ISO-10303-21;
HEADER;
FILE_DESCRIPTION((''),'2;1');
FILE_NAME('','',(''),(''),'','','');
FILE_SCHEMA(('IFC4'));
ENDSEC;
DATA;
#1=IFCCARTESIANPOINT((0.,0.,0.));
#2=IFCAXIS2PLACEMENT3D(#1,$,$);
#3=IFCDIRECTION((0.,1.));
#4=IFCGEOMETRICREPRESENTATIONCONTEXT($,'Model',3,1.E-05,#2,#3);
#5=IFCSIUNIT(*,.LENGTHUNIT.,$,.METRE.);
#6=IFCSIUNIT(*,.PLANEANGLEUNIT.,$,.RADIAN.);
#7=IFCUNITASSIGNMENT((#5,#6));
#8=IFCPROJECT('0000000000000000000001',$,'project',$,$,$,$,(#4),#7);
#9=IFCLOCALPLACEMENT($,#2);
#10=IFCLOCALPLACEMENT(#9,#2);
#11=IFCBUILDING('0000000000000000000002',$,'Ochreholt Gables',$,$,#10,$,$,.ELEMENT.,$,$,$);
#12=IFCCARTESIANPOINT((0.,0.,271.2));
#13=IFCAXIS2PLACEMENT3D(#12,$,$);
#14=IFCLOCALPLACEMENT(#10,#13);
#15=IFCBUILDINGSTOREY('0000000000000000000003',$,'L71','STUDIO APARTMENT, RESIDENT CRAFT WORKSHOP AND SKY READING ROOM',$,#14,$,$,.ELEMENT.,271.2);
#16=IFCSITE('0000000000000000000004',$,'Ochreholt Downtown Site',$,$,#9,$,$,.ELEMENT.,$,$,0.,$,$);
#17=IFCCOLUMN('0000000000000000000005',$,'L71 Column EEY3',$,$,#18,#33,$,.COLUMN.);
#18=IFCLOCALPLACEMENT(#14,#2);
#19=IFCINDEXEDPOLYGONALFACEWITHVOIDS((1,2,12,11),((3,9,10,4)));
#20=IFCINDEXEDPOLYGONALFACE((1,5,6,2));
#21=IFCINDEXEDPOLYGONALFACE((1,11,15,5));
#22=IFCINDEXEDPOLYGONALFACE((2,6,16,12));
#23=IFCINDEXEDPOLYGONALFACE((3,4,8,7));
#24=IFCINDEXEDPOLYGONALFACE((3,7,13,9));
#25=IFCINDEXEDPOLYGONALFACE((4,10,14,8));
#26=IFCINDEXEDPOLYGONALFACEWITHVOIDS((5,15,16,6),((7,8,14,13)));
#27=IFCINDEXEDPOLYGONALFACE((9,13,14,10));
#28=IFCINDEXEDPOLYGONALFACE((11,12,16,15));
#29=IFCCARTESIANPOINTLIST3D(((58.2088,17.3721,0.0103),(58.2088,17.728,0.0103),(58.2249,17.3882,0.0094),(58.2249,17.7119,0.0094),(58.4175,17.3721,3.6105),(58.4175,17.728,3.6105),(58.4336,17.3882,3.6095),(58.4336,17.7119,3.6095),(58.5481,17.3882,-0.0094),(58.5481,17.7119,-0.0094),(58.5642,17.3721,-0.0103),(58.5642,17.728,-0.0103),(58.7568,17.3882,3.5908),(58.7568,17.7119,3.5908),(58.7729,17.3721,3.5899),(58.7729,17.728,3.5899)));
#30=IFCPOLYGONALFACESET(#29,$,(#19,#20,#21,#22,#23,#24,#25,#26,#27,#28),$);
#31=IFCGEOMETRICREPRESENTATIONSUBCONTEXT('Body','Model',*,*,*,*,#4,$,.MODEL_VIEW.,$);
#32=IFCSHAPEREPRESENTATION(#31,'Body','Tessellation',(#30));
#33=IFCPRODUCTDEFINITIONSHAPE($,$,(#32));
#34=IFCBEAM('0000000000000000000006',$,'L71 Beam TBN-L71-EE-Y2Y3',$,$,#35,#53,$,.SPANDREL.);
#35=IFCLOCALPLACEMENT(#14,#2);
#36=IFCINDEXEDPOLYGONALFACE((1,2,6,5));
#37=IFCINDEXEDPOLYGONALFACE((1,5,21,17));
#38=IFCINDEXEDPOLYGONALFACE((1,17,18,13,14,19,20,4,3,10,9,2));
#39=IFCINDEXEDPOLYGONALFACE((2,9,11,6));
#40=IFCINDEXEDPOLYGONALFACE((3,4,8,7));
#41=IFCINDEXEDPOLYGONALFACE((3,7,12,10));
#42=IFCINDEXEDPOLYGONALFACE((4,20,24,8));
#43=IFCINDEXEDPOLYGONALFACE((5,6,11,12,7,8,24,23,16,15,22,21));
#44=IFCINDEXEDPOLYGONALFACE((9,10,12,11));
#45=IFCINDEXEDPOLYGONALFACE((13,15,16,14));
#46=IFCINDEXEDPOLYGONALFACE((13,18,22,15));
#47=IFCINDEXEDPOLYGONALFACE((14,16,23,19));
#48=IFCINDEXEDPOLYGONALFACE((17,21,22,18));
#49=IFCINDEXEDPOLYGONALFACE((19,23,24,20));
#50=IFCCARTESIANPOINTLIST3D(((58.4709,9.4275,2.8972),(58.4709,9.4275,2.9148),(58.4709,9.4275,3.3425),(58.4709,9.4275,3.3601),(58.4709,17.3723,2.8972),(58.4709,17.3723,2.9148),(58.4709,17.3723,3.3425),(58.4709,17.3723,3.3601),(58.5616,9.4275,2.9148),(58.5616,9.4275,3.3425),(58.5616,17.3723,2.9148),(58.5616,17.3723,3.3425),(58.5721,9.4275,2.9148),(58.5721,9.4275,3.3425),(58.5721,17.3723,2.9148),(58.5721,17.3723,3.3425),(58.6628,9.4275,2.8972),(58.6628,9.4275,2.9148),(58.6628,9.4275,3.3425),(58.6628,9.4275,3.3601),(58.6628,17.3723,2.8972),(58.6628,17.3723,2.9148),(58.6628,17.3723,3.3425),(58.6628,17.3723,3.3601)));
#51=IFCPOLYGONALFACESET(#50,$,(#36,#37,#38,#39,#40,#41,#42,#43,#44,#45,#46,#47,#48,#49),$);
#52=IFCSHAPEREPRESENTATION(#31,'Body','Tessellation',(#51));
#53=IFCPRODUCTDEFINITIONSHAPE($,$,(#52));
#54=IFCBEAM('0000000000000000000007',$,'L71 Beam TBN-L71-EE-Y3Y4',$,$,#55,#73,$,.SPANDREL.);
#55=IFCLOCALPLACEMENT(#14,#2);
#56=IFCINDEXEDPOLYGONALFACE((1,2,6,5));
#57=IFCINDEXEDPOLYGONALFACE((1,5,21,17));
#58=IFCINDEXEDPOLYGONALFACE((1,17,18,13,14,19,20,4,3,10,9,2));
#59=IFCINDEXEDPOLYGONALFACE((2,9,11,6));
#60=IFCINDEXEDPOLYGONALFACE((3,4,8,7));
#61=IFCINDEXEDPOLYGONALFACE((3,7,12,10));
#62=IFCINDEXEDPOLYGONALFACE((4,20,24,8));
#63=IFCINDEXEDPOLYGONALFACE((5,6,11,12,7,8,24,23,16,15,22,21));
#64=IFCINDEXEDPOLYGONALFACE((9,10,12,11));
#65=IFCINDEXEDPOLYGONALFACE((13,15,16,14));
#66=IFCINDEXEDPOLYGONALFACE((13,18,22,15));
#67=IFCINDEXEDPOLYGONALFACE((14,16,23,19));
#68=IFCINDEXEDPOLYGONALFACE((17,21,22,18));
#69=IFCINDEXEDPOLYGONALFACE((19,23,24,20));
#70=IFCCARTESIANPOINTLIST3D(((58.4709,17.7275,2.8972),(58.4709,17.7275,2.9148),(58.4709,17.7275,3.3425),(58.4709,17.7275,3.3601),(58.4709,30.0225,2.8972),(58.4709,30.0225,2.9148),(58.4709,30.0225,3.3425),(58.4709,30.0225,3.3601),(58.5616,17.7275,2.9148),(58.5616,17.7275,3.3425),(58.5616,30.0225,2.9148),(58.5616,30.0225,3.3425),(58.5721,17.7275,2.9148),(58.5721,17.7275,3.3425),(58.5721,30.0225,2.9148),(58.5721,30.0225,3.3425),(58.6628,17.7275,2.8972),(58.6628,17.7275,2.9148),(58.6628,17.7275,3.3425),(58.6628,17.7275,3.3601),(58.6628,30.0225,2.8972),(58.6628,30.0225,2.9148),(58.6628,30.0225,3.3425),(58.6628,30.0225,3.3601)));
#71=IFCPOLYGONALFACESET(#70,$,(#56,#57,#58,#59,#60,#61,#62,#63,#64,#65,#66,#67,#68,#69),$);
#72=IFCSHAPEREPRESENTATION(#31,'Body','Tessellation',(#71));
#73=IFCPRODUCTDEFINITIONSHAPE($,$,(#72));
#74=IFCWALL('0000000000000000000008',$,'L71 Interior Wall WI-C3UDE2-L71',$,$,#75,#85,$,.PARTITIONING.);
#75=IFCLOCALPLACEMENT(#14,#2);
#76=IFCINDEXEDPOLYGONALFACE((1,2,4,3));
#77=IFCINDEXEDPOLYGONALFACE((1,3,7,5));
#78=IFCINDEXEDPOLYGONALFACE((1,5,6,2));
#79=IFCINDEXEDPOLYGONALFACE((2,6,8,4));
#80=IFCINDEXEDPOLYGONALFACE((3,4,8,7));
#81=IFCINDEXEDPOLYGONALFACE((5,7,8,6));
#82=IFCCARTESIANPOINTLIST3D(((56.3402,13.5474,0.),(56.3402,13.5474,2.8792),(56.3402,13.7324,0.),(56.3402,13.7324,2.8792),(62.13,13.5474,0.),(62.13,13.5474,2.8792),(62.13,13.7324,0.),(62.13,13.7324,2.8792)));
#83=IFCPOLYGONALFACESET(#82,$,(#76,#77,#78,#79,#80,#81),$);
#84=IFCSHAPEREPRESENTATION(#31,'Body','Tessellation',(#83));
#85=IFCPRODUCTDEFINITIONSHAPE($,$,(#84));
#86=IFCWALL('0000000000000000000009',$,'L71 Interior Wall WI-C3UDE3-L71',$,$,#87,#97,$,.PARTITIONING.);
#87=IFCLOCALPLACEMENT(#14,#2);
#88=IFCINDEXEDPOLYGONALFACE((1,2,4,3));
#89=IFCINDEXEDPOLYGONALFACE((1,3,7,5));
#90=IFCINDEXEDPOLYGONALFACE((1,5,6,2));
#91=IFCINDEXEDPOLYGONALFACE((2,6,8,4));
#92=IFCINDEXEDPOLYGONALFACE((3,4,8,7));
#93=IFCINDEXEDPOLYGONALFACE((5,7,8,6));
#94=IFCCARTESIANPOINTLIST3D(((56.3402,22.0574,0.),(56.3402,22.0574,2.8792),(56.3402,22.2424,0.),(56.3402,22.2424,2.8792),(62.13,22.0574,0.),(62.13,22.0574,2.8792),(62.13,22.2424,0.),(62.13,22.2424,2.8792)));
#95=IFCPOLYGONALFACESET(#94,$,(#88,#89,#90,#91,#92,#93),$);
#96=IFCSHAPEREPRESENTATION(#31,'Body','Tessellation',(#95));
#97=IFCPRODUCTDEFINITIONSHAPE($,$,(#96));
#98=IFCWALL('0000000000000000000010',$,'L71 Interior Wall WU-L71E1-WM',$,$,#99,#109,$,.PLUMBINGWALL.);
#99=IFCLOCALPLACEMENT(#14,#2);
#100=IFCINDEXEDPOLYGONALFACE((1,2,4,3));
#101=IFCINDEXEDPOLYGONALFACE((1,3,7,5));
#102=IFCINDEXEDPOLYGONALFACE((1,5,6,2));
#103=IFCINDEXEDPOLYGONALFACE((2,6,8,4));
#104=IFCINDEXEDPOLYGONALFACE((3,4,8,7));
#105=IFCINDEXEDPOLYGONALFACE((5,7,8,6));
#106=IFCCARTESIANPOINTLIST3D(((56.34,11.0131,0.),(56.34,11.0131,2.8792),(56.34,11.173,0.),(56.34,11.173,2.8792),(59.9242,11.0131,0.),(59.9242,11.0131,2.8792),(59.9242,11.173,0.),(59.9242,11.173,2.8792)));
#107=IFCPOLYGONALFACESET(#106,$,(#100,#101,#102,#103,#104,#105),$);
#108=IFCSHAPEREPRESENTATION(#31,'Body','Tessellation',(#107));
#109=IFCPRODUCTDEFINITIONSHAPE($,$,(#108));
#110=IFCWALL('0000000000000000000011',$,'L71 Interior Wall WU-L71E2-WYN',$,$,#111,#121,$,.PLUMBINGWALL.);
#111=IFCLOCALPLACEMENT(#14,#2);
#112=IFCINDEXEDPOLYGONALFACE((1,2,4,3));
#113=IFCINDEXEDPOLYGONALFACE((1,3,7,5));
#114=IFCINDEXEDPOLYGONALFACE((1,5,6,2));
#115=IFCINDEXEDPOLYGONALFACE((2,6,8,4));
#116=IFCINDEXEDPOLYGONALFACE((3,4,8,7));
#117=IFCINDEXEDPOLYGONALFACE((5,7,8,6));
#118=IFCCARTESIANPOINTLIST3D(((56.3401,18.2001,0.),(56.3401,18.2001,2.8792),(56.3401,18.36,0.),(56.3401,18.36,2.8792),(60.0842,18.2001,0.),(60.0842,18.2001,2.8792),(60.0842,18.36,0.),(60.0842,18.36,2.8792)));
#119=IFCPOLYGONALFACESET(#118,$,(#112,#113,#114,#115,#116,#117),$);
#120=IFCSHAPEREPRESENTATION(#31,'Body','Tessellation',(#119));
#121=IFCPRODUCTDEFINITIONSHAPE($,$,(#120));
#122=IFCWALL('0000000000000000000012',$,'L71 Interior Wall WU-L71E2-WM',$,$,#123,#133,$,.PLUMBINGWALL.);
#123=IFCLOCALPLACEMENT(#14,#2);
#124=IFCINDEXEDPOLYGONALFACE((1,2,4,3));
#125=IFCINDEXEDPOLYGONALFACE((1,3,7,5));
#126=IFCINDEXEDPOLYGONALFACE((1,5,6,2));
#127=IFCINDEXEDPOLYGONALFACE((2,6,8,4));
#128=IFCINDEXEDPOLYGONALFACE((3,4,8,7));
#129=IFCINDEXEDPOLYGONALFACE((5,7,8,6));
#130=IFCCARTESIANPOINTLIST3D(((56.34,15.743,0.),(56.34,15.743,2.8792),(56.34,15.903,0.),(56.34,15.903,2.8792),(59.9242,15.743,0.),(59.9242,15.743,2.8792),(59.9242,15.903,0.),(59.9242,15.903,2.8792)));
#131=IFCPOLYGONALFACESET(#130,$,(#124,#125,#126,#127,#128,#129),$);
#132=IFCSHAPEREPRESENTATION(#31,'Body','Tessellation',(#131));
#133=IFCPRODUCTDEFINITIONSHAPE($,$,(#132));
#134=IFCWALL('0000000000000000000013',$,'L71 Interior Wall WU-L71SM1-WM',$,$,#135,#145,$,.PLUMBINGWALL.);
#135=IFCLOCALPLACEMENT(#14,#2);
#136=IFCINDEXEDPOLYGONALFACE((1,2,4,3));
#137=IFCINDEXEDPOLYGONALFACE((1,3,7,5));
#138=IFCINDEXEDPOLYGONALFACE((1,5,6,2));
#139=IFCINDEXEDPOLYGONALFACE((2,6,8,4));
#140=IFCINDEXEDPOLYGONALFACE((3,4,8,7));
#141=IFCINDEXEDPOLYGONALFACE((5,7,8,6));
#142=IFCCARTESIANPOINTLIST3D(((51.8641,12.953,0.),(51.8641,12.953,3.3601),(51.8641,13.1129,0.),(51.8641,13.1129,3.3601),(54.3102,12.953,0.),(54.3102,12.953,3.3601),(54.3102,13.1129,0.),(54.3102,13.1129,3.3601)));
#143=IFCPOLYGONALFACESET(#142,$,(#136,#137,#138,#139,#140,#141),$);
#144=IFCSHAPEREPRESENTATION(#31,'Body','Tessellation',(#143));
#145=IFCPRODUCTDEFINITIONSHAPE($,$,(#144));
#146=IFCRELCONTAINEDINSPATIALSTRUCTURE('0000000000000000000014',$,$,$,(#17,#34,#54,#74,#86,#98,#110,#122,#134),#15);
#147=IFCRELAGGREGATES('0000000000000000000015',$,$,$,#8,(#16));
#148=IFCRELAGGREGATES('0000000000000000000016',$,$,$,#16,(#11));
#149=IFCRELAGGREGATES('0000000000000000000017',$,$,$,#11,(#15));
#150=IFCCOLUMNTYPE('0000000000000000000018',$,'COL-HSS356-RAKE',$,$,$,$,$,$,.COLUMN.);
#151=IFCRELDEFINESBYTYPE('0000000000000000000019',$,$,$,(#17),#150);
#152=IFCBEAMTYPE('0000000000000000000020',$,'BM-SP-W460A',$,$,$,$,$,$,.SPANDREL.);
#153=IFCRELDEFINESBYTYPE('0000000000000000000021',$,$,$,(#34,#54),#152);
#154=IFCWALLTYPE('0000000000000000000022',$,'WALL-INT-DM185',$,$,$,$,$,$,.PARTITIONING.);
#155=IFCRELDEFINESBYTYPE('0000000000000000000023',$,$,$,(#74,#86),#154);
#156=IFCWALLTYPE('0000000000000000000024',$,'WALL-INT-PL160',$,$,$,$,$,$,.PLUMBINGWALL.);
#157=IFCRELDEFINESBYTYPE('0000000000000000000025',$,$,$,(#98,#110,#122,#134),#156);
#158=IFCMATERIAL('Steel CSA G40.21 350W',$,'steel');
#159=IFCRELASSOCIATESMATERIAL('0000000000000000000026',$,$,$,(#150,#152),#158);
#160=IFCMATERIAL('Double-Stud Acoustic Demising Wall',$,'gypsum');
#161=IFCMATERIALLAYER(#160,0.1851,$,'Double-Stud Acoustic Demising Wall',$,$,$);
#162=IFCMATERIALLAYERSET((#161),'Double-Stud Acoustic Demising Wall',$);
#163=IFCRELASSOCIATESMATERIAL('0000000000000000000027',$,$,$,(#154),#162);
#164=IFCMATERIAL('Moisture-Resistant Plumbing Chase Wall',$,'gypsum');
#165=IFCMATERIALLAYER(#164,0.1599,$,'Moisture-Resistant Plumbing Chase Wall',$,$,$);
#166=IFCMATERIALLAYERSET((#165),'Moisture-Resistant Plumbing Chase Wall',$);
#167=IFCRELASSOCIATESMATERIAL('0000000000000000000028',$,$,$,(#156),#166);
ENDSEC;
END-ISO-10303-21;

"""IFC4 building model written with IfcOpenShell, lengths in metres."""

from ifc_helpers import new_model, si_unit, direction, frame, frame_2d, origin, origin_2d, place, context, subcontext, project, spatial, rectangle, hollow_rectangle, i_section, extrude, material, layer, layer_set, material_profile, profile_set, type_object, element, save


model = new_model("IFC4")

# Units and contexts
model_context = context("Model", 3, precision=1e-05, world=origin(), true_north=direction((0.0, 1.0)))
body_context = subcontext(model_context, "Body", "Model", "MODEL_VIEW")
ifc_project = project(units=[si_unit("LENGTHUNIT", "METRE"), si_unit("PLANEANGLEUNIT", "RADIAN")], contexts=[model_context])

# Site, building, storey
site_placement = place(None, origin())
site = spatial("IfcSite", under=ifc_project, at=site_placement, Name="Ochreholt Downtown Site", CompositionType="ELEMENT", RefElevation=0.0)
building_placement = place(site_placement, origin())
building = spatial("IfcBuilding", under=site, at=building_placement, Name="Ochreholt Gables", CompositionType="ELEMENT")
storey_placement = place(building_placement, frame((0.0, 0.0, 271.2)))
storey = spatial("IfcBuildingStorey", under=building, at=storey_placement, Name="L71", Description="STUDIO APARTMENT, RESIDENT CRAFT WORKSHOP AND SKY READING ROOM", CompositionType="ELEMENT", Elevation=271.2)

# Column
ifc_material_1 = material(Name="Steel CSA G40.21 350W", Category="steel")
ifc_material_profile_1 = material_profile(ifc_material_1, hollow_rectangle(XDim=0.356, YDim=0.356, WallThickness=0.0161, at=origin_2d()), Name="HSS356X356X16")
ifc_profile_set_1 = profile_set([ifc_material_profile_1], Name="Steel CSA G40.21 350W")
column_type = type_object("IfcColumnType", Name="COL-HSS356-RAKE", PredefinedType="COLUMN", material=ifc_profile_set_1)
column_placement = place(storey_placement, frame((58.3865, 17.55, 0.0), z_axis=(0.057885, 0.0, 0.998323), x_axis=(0.0, 1.0, 0.0)))
element("IfcColumn", 1, at=column_placement, inside=storey, type_object=column_type, Name="L71 Column EEY3", PredefinedType="COLUMN", context=body_context, shape_type="SweptSolid", body=[
    extrude(hollow_rectangle(XDim=0.356, YDim=0.356, WallThickness=0.0161, at=origin_2d()), origin(), (0.0, 0.0, 1.0), 3.6062),
])

# Beams
ifc_material_profile_2 = material_profile(ifc_material_1, i_section(OverallWidth=0.1919, OverallDepth=0.4629, WebThickness=0.0105, FlangeThickness=0.0176, at=origin_2d()), Name="W460X89")
ifc_profile_set_2 = profile_set([ifc_material_profile_2], Name="Steel CSA G40.21 350W")
beam_type = type_object("IfcBeamType", Name="BM-SP-W460A", PredefinedType="SPANDREL", material=ifc_profile_set_2)
beam_1_placement = place(storey_placement, frame((58.5669, 9.4275, 3.1287), z_axis=(0.0, 1.0, 0.0), x_axis=(-1.0, 0.0, 0.0)))
element("IfcBeam", 2, at=beam_1_placement, inside=storey, type_object=beam_type, Name="L71 Beam TBN-L71-EE-Y2Y3", PredefinedType="SPANDREL", context=body_context, shape_type="SweptSolid", body=[
    extrude(i_section(OverallWidth=0.1919, OverallDepth=0.4629, WebThickness=0.0105, FlangeThickness=0.0176, at=origin_2d()), origin(), (0.0, 0.0, 1.0), 7.9448),
])
beam_2_placement = place(storey_placement, frame((58.5669, 17.7275, 3.1287), z_axis=(0.0, 1.0, 0.0), x_axis=(-1.0, 0.0, 0.0)))
element("IfcBeam", 3, at=beam_2_placement, inside=storey, type_object=beam_type, Name="L71 Beam TBN-L71-EE-Y3Y4", PredefinedType="SPANDREL", context=body_context, shape_type="SweptSolid", body=[
    extrude(i_section(OverallWidth=0.1919, OverallDepth=0.4629, WebThickness=0.0105, FlangeThickness=0.0176, at=origin_2d()), origin(), (0.0, 0.0, 1.0), 12.2949),
])

# Walls
ifc_material_2 = material(Name="Double-Stud Acoustic Demising Wall", Category="gypsum")
ifc_layer_1 = layer(ifc_material_2, 0.1851, Name="Double-Stud Acoustic Demising Wall")
ifc_layer_set_1 = layer_set([ifc_layer_1], Name="Double-Stud Acoustic Demising Wall")
wall_type_1 = type_object("IfcWallType", Name="WALL-INT-DM185", PredefinedType="PARTITIONING", material=ifc_layer_set_1)
for number, where, z_axis, x_axis, name in (
    (4, (56.3401, 13.6399, 0.0), (0.0, 0.0, 1.0), (1.0, 0.0, 0.0), "L71 Interior Wall WI-C3UDE2-L71"),
    (5, (56.3401, 22.1499, 0.0), (0.0, 0.0, 1.0), (1.0, 0.0, 0.0), "L71 Interior Wall WI-C3UDE3-L71"),
):
    element("IfcWall", number, at=place(storey_placement, frame(where, z_axis=z_axis, x_axis=x_axis)), inside=storey, type_object=wall_type_1, Name=name, PredefinedType="PARTITIONING", context=body_context, shape_type="SweptSolid", body=[
        extrude(rectangle(XDim=5.7898, YDim=0.1851, at=frame_2d((2.895, 0.0))), origin(), (0.0, 0.0, 1.0), 2.8792),
    ])
ifc_material_3 = material(Name="Moisture-Resistant Plumbing Chase Wall", Category="gypsum")
ifc_layer_2 = layer(ifc_material_3, 0.1599, Name="Moisture-Resistant Plumbing Chase Wall")
ifc_layer_set_2 = layer_set([ifc_layer_2], Name="Moisture-Resistant Plumbing Chase Wall")
wall_type_2 = type_object("IfcWallType", Name="WALL-INT-PL160", PredefinedType="PLUMBINGWALL", material=ifc_layer_set_2)
wall_1_placement = place(storey_placement, frame((56.3401, 11.093, 0.0), z_axis=(0.0, 0.0, 1.0), x_axis=(1.0, 0.0, 0.0)))
element("IfcWall", 6, at=wall_1_placement, inside=storey, type_object=wall_type_2, Name="L71 Interior Wall WU-L71E1-WM", PredefinedType="PLUMBINGWALL", context=body_context, shape_type="SweptSolid", body=[
    extrude(rectangle(XDim=3.5842, YDim=0.1599, at=frame_2d((1.792, 0.0))), origin(), (0.0, 0.0, 1.0), 2.8792),
])
wall_2_placement = place(storey_placement, frame((56.3401, 18.28, 0.0), z_axis=(0.0, 0.0, 1.0), x_axis=(1.0, 0.0, 0.0)))
element("IfcWall", 7, at=wall_2_placement, inside=storey, type_object=wall_type_2, Name="L71 Interior Wall WU-L71E2-WYN", PredefinedType="PLUMBINGWALL", context=body_context, shape_type="SweptSolid", body=[
    extrude(rectangle(XDim=3.7441, YDim=0.1599, at=frame_2d((1.8721, 0.0))), origin(), (0.0, 0.0, 1.0), 2.8792),
])

# Wall
wall_3_placement = place(storey_placement, frame((56.3401, 15.823, 0.0), z_axis=(0.0, 0.0, 1.0), x_axis=(1.0, 0.0, 0.0)))
element("IfcWall", 8, at=wall_3_placement, inside=storey, type_object=wall_type_2, Name="L71 Interior Wall WU-L71E2-WM", PredefinedType="PLUMBINGWALL", context=body_context, shape_type="SweptSolid", body=[
    extrude(rectangle(XDim=3.5842, YDim=0.1599, at=frame_2d((1.792, 0.0))), origin(), (0.0, 0.0, 1.0), 2.8792),
])

# Wall
wall_4_placement = place(storey_placement, frame((51.864, 13.033, 0.0), z_axis=(0.0, 0.0, 1.0), x_axis=(1.0, 0.0, 0.0)))
element("IfcWall", 9, at=wall_4_placement, inside=storey, type_object=wall_type_2, Name="L71 Interior Wall WU-L71SM1-WM", PredefinedType="PLUMBINGWALL", context=body_context, shape_type="SweptSolid", body=[
    extrude(rectangle(XDim=2.446, YDim=0.1599, at=frame_2d((1.2231, 0.0))), origin(), (0.0, 0.0, 1.0), 3.3601),
])

save(model, "model.ifc")
